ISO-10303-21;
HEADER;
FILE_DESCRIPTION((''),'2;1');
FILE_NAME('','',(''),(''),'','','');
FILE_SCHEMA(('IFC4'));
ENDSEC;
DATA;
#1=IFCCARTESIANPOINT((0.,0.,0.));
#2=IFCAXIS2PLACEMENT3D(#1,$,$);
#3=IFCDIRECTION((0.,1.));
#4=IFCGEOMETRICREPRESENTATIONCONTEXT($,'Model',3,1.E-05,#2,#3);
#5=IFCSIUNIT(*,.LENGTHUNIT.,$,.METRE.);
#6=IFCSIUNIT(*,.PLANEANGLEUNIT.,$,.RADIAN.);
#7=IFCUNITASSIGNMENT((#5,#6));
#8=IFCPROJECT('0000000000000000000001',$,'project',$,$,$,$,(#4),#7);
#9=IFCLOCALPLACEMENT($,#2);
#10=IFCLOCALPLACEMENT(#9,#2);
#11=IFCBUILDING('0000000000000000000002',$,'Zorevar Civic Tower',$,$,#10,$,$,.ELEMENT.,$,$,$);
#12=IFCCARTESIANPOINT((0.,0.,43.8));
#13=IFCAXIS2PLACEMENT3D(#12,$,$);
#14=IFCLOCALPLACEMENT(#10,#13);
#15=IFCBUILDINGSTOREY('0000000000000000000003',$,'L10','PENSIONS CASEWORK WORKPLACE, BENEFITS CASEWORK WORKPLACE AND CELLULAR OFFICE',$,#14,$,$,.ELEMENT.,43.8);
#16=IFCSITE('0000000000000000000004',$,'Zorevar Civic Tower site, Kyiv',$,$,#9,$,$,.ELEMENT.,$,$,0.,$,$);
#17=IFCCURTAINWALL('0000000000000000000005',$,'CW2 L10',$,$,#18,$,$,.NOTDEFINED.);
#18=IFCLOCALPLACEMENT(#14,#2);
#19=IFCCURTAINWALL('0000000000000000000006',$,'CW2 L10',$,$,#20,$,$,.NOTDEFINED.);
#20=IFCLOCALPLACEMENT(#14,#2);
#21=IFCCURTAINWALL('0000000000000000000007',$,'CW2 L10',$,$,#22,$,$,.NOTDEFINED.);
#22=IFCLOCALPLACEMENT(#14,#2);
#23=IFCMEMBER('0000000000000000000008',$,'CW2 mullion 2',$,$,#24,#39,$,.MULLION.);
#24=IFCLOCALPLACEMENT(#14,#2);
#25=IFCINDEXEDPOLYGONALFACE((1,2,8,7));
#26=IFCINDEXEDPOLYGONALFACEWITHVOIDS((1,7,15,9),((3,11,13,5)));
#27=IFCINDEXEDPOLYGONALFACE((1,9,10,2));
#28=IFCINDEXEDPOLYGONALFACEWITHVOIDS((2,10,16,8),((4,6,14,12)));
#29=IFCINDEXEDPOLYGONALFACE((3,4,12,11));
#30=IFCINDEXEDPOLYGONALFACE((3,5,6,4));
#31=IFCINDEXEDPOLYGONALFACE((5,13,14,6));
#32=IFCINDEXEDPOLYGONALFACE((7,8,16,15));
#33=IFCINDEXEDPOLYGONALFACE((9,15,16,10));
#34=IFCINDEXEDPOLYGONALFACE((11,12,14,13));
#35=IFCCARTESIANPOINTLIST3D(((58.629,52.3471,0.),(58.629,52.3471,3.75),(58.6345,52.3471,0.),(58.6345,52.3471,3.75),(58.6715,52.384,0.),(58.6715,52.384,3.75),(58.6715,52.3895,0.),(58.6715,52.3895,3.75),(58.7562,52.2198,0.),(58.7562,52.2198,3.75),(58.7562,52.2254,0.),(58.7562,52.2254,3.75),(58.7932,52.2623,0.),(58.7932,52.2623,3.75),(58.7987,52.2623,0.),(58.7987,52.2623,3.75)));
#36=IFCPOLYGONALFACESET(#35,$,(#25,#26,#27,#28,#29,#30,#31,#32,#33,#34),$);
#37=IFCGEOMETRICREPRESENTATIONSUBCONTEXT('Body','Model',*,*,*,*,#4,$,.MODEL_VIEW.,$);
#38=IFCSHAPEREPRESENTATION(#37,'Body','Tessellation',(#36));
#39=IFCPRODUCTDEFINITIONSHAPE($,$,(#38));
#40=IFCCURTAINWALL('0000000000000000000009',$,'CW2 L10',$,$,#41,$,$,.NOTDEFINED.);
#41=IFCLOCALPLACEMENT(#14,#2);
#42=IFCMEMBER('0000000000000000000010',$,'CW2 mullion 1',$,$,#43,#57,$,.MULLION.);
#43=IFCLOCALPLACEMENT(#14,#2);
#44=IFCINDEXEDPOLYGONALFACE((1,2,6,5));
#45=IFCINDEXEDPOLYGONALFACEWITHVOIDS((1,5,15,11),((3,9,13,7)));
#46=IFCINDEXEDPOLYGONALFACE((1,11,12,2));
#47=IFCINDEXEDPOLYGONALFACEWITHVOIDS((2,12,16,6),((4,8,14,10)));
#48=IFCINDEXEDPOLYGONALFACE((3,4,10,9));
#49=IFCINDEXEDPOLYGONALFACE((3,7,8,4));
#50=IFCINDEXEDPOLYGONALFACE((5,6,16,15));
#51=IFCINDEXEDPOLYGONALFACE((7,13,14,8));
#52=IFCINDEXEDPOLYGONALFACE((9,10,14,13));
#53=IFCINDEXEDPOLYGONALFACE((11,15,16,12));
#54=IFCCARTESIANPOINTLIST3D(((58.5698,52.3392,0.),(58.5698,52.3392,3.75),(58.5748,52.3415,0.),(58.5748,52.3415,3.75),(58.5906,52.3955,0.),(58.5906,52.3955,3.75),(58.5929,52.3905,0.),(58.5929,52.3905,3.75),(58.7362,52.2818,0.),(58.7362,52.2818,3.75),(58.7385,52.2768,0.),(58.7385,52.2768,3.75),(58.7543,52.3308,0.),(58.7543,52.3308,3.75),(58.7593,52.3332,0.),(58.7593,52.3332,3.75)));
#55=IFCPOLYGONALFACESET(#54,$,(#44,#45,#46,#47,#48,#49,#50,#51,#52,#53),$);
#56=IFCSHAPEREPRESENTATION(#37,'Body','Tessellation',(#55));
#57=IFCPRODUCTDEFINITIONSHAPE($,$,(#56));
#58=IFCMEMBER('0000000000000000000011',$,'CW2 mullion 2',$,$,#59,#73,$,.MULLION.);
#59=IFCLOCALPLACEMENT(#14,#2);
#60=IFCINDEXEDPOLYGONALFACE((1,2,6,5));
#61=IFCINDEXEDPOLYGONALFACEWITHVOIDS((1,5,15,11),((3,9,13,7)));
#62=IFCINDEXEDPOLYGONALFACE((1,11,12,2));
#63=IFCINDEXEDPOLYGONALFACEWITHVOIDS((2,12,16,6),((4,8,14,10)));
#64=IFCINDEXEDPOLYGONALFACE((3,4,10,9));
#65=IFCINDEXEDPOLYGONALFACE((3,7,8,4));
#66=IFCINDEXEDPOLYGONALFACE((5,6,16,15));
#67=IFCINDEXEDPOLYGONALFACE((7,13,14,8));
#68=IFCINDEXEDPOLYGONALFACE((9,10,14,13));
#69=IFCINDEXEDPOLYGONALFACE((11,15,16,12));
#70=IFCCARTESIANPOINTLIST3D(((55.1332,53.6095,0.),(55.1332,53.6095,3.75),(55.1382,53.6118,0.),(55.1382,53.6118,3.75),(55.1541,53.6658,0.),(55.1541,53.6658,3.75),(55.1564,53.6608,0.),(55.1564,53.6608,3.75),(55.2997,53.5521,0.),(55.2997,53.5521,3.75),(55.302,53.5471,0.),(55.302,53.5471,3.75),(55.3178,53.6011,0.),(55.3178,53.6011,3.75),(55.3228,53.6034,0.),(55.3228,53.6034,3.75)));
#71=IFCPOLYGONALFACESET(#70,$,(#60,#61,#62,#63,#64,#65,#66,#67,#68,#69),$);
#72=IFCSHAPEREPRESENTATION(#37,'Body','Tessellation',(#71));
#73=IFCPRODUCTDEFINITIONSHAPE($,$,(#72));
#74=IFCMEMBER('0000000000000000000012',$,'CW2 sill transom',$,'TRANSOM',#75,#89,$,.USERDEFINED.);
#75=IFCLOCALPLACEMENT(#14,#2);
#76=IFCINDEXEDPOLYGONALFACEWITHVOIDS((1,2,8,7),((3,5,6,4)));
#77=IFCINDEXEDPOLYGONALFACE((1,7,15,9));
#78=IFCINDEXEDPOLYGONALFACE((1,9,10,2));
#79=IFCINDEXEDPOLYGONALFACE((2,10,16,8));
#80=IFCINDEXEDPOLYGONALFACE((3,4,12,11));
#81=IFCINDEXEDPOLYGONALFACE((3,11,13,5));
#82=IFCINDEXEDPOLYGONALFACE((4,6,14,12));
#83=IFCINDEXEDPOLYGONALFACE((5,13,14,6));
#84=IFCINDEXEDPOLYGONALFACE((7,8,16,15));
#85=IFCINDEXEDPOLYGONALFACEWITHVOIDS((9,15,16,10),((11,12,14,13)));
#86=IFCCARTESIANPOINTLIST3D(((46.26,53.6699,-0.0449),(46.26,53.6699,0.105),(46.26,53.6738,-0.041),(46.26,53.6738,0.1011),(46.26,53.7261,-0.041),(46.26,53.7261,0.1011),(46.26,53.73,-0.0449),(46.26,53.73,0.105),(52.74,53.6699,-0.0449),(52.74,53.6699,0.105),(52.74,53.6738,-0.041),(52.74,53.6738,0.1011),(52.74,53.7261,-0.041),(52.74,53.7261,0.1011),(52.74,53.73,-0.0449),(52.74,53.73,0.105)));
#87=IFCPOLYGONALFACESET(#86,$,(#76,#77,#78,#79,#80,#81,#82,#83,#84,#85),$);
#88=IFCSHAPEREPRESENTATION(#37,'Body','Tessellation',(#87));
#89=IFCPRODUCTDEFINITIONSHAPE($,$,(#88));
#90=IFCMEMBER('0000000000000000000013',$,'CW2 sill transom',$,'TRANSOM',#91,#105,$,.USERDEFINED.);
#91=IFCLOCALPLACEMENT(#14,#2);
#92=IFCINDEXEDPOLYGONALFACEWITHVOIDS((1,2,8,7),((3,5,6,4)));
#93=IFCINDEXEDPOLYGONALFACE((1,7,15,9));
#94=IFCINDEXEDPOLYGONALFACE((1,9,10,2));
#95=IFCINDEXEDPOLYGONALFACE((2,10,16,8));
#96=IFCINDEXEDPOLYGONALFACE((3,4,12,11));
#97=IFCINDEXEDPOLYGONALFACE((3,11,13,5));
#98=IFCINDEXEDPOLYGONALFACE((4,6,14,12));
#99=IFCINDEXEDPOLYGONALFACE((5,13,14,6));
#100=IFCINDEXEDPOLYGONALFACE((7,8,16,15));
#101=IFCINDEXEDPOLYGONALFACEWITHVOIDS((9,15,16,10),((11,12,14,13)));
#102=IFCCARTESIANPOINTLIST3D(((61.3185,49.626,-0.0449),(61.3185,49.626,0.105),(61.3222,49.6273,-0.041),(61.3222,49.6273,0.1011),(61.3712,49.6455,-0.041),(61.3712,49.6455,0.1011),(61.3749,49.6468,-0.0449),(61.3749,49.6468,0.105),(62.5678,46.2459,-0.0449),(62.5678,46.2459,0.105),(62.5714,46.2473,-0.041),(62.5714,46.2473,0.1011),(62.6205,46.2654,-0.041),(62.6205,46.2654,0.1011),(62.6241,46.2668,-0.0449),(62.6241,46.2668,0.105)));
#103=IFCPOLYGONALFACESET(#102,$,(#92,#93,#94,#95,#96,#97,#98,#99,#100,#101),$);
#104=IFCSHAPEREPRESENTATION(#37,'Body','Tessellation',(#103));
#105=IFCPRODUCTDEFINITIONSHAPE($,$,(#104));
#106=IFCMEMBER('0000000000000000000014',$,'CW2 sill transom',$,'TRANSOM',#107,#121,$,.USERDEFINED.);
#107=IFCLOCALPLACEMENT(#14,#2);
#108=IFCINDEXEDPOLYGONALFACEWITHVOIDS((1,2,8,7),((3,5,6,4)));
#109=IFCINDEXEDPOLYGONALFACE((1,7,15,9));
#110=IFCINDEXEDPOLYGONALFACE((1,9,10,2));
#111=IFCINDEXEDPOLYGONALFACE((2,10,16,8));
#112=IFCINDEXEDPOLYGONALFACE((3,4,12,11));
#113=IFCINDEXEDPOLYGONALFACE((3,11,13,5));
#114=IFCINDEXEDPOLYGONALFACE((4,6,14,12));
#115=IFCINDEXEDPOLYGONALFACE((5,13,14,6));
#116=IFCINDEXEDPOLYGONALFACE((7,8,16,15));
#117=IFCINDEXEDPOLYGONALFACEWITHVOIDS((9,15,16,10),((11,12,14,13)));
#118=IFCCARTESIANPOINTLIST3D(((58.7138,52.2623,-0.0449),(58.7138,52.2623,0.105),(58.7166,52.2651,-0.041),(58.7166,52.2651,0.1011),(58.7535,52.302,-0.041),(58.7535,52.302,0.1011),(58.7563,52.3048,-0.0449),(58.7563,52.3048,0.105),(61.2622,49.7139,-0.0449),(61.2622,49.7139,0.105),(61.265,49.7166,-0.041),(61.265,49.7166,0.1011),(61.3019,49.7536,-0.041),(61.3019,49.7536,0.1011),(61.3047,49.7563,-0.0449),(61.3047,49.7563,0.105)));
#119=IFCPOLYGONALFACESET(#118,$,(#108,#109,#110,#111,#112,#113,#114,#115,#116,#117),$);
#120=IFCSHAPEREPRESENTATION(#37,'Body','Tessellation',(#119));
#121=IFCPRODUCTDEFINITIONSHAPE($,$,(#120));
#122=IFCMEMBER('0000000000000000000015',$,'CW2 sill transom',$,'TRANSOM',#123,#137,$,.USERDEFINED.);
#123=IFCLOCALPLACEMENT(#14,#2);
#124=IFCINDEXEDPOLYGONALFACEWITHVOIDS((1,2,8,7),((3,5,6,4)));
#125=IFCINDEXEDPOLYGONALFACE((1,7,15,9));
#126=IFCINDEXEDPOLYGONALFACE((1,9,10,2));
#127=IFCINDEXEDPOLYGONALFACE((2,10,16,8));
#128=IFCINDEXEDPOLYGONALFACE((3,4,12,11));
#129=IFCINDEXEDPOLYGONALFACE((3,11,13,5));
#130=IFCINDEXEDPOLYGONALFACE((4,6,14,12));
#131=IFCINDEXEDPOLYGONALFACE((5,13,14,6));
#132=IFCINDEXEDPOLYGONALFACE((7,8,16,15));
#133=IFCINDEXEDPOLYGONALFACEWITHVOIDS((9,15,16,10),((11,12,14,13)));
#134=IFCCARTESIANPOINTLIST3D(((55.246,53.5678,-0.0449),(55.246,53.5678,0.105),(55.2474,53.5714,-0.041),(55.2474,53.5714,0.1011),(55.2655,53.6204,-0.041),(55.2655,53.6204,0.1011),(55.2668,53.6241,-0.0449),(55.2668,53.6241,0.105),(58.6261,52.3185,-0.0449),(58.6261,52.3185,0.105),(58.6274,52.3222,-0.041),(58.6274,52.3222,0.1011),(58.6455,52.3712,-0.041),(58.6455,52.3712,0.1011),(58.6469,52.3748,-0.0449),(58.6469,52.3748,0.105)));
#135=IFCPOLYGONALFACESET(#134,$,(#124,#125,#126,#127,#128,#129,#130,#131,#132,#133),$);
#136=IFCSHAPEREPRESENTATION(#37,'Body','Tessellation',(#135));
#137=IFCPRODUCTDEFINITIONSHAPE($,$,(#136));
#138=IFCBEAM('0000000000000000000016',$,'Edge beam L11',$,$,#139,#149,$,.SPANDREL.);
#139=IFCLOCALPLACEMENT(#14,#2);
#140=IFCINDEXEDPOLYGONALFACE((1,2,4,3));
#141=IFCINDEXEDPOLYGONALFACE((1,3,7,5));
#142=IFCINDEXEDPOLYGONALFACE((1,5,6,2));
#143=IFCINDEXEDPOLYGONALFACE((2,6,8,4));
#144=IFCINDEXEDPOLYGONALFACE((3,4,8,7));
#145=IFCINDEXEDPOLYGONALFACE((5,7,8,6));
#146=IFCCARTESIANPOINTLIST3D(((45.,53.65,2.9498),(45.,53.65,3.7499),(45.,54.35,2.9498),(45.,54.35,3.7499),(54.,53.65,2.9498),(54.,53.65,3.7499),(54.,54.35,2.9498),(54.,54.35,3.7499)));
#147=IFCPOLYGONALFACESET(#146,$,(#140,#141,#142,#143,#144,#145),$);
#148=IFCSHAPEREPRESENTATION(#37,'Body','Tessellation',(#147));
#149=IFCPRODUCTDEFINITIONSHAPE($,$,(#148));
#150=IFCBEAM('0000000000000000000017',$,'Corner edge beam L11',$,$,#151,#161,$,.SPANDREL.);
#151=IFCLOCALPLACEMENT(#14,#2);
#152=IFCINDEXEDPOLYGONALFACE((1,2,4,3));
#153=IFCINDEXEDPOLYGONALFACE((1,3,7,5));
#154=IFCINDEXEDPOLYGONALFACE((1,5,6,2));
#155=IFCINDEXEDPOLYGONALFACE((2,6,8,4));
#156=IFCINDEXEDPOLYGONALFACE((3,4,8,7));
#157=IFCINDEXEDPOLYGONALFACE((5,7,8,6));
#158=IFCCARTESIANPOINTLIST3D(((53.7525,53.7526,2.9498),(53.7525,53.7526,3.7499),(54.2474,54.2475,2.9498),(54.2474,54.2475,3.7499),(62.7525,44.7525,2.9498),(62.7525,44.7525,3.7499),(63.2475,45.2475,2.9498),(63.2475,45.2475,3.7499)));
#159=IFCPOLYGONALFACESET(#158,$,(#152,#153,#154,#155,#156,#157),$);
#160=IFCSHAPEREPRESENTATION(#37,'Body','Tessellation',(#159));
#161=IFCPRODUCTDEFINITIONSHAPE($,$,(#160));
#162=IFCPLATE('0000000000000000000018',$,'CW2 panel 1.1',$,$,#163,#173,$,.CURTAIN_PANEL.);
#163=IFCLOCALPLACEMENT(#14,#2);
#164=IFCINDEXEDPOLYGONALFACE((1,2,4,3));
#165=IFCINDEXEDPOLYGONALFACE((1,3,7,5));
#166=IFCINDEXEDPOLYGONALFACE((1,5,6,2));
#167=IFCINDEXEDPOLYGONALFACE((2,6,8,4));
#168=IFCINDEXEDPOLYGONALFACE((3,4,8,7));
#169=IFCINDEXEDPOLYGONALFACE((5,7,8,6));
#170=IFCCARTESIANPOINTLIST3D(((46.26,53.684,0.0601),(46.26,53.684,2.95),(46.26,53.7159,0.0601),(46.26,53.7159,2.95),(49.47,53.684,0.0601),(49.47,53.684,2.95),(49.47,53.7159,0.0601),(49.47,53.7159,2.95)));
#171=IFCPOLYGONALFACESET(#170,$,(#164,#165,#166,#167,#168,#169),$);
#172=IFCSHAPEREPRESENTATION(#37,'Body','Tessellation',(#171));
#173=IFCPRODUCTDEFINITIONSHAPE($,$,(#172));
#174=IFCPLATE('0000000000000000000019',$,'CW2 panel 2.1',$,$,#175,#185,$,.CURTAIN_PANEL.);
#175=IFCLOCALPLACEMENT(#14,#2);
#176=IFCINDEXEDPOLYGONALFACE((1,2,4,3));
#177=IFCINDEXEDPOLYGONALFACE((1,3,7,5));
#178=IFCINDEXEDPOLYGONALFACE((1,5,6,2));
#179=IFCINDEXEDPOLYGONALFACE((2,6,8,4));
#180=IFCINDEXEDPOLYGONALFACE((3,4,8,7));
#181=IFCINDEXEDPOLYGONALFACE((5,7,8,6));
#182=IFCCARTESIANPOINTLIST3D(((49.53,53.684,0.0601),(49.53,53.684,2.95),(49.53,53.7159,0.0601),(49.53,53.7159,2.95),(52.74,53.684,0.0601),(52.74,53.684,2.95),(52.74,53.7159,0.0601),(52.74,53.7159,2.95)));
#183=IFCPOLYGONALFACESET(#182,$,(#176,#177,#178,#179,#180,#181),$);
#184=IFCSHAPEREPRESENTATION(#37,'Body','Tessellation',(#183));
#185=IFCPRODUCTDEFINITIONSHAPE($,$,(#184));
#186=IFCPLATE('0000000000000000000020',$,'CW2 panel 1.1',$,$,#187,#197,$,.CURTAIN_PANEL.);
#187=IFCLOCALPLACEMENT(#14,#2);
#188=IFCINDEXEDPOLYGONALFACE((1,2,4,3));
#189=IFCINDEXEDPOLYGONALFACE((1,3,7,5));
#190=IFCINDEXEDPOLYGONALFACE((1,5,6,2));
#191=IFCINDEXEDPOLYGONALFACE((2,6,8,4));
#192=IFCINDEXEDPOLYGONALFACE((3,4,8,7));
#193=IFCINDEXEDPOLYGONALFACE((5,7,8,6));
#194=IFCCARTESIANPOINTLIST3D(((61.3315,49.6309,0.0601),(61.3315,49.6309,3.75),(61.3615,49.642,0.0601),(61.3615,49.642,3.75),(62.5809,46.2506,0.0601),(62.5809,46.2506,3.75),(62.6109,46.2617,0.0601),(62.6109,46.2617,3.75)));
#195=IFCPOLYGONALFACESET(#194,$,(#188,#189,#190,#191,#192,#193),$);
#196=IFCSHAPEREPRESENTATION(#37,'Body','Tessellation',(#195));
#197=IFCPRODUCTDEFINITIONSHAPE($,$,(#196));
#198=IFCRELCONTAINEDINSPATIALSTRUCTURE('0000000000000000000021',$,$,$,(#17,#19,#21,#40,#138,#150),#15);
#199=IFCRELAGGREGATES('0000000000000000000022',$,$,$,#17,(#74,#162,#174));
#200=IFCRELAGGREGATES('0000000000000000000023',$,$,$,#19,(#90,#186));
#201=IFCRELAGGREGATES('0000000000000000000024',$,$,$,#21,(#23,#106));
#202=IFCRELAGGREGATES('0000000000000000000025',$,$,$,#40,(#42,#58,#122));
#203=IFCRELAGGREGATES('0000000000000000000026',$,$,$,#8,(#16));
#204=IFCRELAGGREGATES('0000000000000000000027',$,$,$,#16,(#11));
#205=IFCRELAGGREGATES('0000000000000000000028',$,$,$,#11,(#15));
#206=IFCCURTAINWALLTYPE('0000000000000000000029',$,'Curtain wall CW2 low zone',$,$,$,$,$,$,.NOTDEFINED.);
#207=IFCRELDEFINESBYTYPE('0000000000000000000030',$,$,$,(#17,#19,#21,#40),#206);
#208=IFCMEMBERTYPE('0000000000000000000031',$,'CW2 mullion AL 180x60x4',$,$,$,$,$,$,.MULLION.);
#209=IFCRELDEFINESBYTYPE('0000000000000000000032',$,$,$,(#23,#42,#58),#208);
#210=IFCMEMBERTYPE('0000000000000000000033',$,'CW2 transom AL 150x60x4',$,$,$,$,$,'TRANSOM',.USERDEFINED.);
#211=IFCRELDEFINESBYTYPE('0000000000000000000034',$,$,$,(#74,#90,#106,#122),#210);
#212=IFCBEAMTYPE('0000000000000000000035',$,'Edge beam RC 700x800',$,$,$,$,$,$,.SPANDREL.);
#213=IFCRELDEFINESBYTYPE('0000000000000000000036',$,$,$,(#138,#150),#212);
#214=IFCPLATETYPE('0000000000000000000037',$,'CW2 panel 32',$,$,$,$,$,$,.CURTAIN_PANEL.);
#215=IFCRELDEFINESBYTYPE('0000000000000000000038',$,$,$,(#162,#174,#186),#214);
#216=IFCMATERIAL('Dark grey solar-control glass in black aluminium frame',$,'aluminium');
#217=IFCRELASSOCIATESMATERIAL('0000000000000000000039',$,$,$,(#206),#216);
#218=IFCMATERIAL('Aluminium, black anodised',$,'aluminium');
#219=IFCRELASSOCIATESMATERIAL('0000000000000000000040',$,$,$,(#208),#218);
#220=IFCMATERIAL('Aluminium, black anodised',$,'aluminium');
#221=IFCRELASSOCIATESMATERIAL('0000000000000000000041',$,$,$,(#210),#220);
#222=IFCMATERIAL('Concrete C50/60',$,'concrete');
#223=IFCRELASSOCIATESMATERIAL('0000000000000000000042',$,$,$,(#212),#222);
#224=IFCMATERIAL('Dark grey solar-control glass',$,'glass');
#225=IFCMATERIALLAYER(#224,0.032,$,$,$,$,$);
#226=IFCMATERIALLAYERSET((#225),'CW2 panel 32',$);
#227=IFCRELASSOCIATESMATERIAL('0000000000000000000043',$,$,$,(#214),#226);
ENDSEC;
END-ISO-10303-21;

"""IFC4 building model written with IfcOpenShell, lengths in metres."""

from ifc_helpers import new_model, si_unit, direction, frame, origin, origin_2d, place, context, subcontext, project, spatial, rectangle, hollow_rectangle, extrude, material, layer, layer_set, material_profile, profile_set, type_object, element, aggregate, save


model = new_model("IFC4")

# Units and contexts
model_context = context("Model", 3, precision=1e-05, world=origin(), true_north=direction((0.0, 1.0)))
body_context = subcontext(model_context, "Body", "Model", "MODEL_VIEW")
ifc_project = project(units=[si_unit("LENGTHUNIT", "METRE"), si_unit("PLANEANGLEUNIT", "RADIAN")], contexts=[model_context])

# Site, building, storey
site_placement = place(None, origin())
site = spatial("IfcSite", under=ifc_project, at=site_placement, Name="Zorevar Civic Tower site, Kyiv", CompositionType="ELEMENT", RefElevation=0.0)
building_placement = place(site_placement, origin())
building = spatial("IfcBuilding", under=site, at=building_placement, Name="Zorevar Civic Tower", CompositionType="ELEMENT")
storey_placement = place(building_placement, frame((0.0, 0.0, 43.8)))
storey = spatial("IfcBuildingStorey", under=building, at=storey_placement, Name="L10", Description="PENSIONS CASEWORK WORKPLACE, BENEFITS CASEWORK WORKPLACE AND CELLULAR OFFICE", CompositionType="ELEMENT", Elevation=43.8)

# Curtain walls, members
ifc_material_1 = material(Name="Dark grey solar-control glass in black aluminium frame", Category="aluminium")
curtain_wall_type = type_object("IfcCurtainWallType", Name="Curtain wall CW2 low zone", PredefinedType="NOTDEFINED", material=ifc_material_1)
curtain_wall_1_placement = place(storey_placement, origin())
curtain_wall_1 = element("IfcCurtainWall", 1, at=curtain_wall_1_placement, inside=storey, type_object=curtain_wall_type, Name="CW2 L10", PredefinedType="NOTDEFINED")
ifc_material_2 = material(Name="Aluminium, black anodised", Category="aluminium")
ifc_material_profile_1 = material_profile(ifc_material_2, hollow_rectangle(XDim=0.0601, YDim=0.1799, WallThickness=0.0039, at=origin_2d()), Name="AL 180x60x4")
ifc_profile_set_1 = profile_set([ifc_material_profile_1], Name="Aluminium, black anodised")
member_type_1 = type_object("IfcMemberType", Name="CW2 mullion AL 180x60x4", PredefinedType="MULLION", material=ifc_profile_set_1)
curtain_wall_2_placement = place(storey_placement, origin())
curtain_wall_2 = element("IfcCurtainWall", 2, at=curtain_wall_2_placement, inside=storey, type_object=curtain_wall_type, Name="CW2 L10", PredefinedType="NOTDEFINED")
curtain_wall_3_placement = place(storey_placement, origin())
curtain_wall_3 = element("IfcCurtainWall", 3, at=curtain_wall_3_placement, inside=storey, type_object=curtain_wall_type, Name="CW2 L10", PredefinedType="NOTDEFINED")
member_1_placement = place(storey_placement, frame((58.7139, 52.3047, 0.0), z_axis=(0.0, 0.0, 1.0), x_axis=(-0.707107, -0.707107, 0.0)))
member_1 = element("IfcMember", 4, at=member_1_placement, type_object=member_type_1, Name="CW2 mullion 2", PredefinedType="MULLION", context=body_context, shape_type="SweptSolid", body=[
    extrude(hollow_rectangle(XDim=0.0601, YDim=0.1799, WallThickness=0.0039, at=origin_2d()), origin(), (0.0, 0.0, 1.0), 3.75),
])
curtain_wall_4_placement = place(storey_placement, origin())
curtain_wall_4 = element("IfcCurtainWall", 5, at=curtain_wall_4_placement, inside=storey, type_object=curtain_wall_type, Name="CW2 L10", PredefinedType="NOTDEFINED")
member_2_placement = place(storey_placement, frame((58.6646, 52.3362, 0.0), z_axis=(0.0, 0.0, 1.0), x_axis=(-0.346704, -0.937975, 0.0)))
member_2 = element("IfcMember", 6, at=member_2_placement, type_object=member_type_1, Name="CW2 mullion 1", PredefinedType="MULLION", context=body_context, shape_type="SweptSolid", body=[
    extrude(hollow_rectangle(XDim=0.0601, YDim=0.1799, WallThickness=0.0039, at=origin_2d()), origin(), (0.0, 0.0, 1.0), 3.75),
])
member_3_placement = place(storey_placement, frame((55.228, 53.6064, 0.0), z_axis=(0.0, 0.0, 1.0), x_axis=(-0.346704, -0.937975, 0.0)))
member_3 = element("IfcMember", 7, at=member_3_placement, type_object=member_type_1, Name="CW2 mullion 2", PredefinedType="MULLION", context=body_context, shape_type="SweptSolid", body=[
    extrude(hollow_rectangle(XDim=0.0601, YDim=0.1799, WallThickness=0.0039, at=origin_2d()), origin(), (0.0, 0.0, 1.0), 3.75),
])

# Members
ifc_material_3 = material(Name="Aluminium, black anodised", Category="aluminium")
ifc_material_profile_2 = material_profile(ifc_material_3, hollow_rectangle(XDim=0.0601, YDim=0.1499, WallThickness=0.0039, at=origin_2d()), Name="AL 150x60x4")
ifc_profile_set_2 = profile_set([ifc_material_profile_2], Name="Aluminium, black anodised")
member_type_2 = type_object("IfcMemberType", Name="CW2 transom AL 150x60x4", ElementType="TRANSOM", PredefinedType="USERDEFINED", material=ifc_profile_set_2)
member_4_placement = place(storey_placement, frame((46.26, 53.7, 0.03), z_axis=(1.0, 0.0, 0.0), x_axis=(0.0, 1.0, 0.0)))
member_4 = element("IfcMember", 8, at=member_4_placement, type_object=member_type_2, Name="CW2 sill transom", ObjectType="TRANSOM", PredefinedType="USERDEFINED", context=body_context, shape_type="SweptSolid", body=[
    extrude(hollow_rectangle(XDim=0.0601, YDim=0.1499, WallThickness=0.0039, at=origin_2d()), origin(), (0.0, 0.0, 1.0), 6.48),
])
member_5_placement = place(storey_placement, frame((62.5959, 46.2563, 0.03), z_axis=(-0.346672, 0.937986, 0.0), x_axis=(-0.937986, -0.346672, 0.0)))
member_5 = element("IfcMember", 9, at=member_5_placement, type_object=member_type_2, Name="CW2 sill transom", ObjectType="TRANSOM", PredefinedType="USERDEFINED", context=body_context, shape_type="SweptSolid", body=[
    extrude(hollow_rectangle(XDim=0.0601, YDim=0.1499, WallThickness=0.0039, at=origin_2d()), origin(), (0.0, 0.0, 1.0), 3.6035),
])
member_6_placement = place(storey_placement, frame((61.2834, 49.7351, 0.03), z_axis=(-0.707107, 0.707107, 0.0), x_axis=(-0.707107, -0.707107, 0.0)))
member_6 = element("IfcMember", 10, at=member_6_placement, type_object=member_type_2, Name="CW2 sill transom", ObjectType="TRANSOM", PredefinedType="USERDEFINED", context=body_context, shape_type="SweptSolid", body=[
    extrude(hollow_rectangle(XDim=0.0601, YDim=0.1499, WallThickness=0.0039, at=origin_2d()), origin(), (0.0, 0.0, 1.0), 3.604),
])
member_7_placement = place(storey_placement, frame((58.6365, 52.3467, 0.03), z_axis=(-0.937986, 0.346672, 0.0), x_axis=(-0.346672, -0.937986, 0.0)))
member_7 = element("IfcMember", 11, at=member_7_placement, type_object=member_type_2, Name="CW2 sill transom", ObjectType="TRANSOM", PredefinedType="USERDEFINED", context=body_context, shape_type="SweptSolid", body=[
    extrude(hollow_rectangle(XDim=0.0601, YDim=0.1499, WallThickness=0.0039, at=origin_2d()), origin(), (0.0, 0.0, 1.0), 3.6035),
])

# Beams
ifc_material_4 = material(Name="Concrete C50/60", Category="concrete")
ifc_material_profile_3 = material_profile(ifc_material_4, rectangle(XDim=0.7, YDim=0.8, at=origin_2d()), Name="RC 700x800")
ifc_profile_set_3 = profile_set([ifc_material_profile_3], Name="Concrete C50/60")
beam_type_1 = type_object("IfcBeamType", Name="Edge beam RC 700x800", PredefinedType="SPANDREL", material=ifc_profile_set_3)
beam_1_placement = place(storey_placement, frame((45.0, 54.0, 3.3499), z_axis=(1.0, 0.0, 0.0), x_axis=(0.0, 1.0, 0.0)))
element("IfcBeam", 12, at=beam_1_placement, inside=storey, type_object=beam_type_1, Name="Edge beam L11", PredefinedType="SPANDREL", context=body_context, shape_type="SweptSolid", body=[
    extrude(rectangle(XDim=0.7, YDim=0.8, at=origin_2d()), origin(), (0.0, 0.0, 1.0), 9.0),
])
beam_2_placement = place(storey_placement, frame((63.0, 45.0, 3.3499), z_axis=(-0.707107, 0.707107, 0.0), x_axis=(-0.707107, -0.707107, 0.0)))
element("IfcBeam", 13, at=beam_2_placement, inside=storey, type_object=beam_type_1, Name="Corner edge beam L11", PredefinedType="SPANDREL", context=body_context, shape_type="SweptSolid", body=[
    extrude(rectangle(XDim=0.7, YDim=0.8, at=origin_2d()), origin(), (0.0, 0.0, 1.0), 12.728),
])

# Plates
ifc_material_5 = material(Name="Dark grey solar-control glass", Category="glass")
ifc_layer_1 = layer(ifc_material_5, 0.032)
ifc_layer_set_1 = layer_set([ifc_layer_1], Name="CW2 panel 32")
plate_type = type_object("IfcPlateType", Name="CW2 panel 32", PredefinedType="CURTAIN_PANEL", material=ifc_layer_set_1)
plate_1_placement = place(storey_placement, frame((47.865, 53.7, 0.0601), z_axis=(0.0, 0.0, 1.0), x_axis=(1.0, 0.0, 0.0)))
plate_1 = element("IfcPlate", 14, at=plate_1_placement, type_object=plate_type, Name="CW2 panel 1.1", PredefinedType="CURTAIN_PANEL", context=body_context, shape_type="SweptSolid", body=[
    extrude(rectangle(XDim=3.21, YDim=0.032, at=origin_2d()), origin(), (0.0, 0.0, 1.0), 2.8899),
])
plate_2_placement = place(storey_placement, frame((51.135, 53.7, 0.0601), z_axis=(0.0, 0.0, 1.0), x_axis=(1.0, 0.0, 0.0)))
plate_2 = element("IfcPlate", 15, at=plate_2_placement, type_object=plate_type, Name="CW2 panel 2.1", PredefinedType="CURTAIN_PANEL", context=body_context, shape_type="SweptSolid", body=[
    extrude(rectangle(XDim=3.21, YDim=0.032, at=origin_2d()), origin(), (0.0, 0.0, 1.0), 2.8899),
])
aggregate(curtain_wall_1, [member_4, plate_1, plate_2])
plate_3_placement = place(storey_placement, frame((61.9712, 47.9463, 0.0601), z_axis=(0.0, 0.0, 1.0), x_axis=(-0.346704, 0.937975, 0.0)))
plate_3 = element("IfcPlate", 16, at=plate_3_placement, type_object=plate_type, Name="CW2 panel 1.1", PredefinedType="CURTAIN_PANEL", context=body_context, shape_type="SweptSolid", body=[
    extrude(rectangle(XDim=3.6038, YDim=0.032, at=origin_2d()), origin(), (0.0, 0.0, 1.0), 3.6899),
])
aggregate(curtain_wall_2, [member_5, plate_3])
aggregate(curtain_wall_3, [member_1, member_6])
aggregate(curtain_wall_4, [member_2, member_3, member_7])

save(model, "model.ifc")
